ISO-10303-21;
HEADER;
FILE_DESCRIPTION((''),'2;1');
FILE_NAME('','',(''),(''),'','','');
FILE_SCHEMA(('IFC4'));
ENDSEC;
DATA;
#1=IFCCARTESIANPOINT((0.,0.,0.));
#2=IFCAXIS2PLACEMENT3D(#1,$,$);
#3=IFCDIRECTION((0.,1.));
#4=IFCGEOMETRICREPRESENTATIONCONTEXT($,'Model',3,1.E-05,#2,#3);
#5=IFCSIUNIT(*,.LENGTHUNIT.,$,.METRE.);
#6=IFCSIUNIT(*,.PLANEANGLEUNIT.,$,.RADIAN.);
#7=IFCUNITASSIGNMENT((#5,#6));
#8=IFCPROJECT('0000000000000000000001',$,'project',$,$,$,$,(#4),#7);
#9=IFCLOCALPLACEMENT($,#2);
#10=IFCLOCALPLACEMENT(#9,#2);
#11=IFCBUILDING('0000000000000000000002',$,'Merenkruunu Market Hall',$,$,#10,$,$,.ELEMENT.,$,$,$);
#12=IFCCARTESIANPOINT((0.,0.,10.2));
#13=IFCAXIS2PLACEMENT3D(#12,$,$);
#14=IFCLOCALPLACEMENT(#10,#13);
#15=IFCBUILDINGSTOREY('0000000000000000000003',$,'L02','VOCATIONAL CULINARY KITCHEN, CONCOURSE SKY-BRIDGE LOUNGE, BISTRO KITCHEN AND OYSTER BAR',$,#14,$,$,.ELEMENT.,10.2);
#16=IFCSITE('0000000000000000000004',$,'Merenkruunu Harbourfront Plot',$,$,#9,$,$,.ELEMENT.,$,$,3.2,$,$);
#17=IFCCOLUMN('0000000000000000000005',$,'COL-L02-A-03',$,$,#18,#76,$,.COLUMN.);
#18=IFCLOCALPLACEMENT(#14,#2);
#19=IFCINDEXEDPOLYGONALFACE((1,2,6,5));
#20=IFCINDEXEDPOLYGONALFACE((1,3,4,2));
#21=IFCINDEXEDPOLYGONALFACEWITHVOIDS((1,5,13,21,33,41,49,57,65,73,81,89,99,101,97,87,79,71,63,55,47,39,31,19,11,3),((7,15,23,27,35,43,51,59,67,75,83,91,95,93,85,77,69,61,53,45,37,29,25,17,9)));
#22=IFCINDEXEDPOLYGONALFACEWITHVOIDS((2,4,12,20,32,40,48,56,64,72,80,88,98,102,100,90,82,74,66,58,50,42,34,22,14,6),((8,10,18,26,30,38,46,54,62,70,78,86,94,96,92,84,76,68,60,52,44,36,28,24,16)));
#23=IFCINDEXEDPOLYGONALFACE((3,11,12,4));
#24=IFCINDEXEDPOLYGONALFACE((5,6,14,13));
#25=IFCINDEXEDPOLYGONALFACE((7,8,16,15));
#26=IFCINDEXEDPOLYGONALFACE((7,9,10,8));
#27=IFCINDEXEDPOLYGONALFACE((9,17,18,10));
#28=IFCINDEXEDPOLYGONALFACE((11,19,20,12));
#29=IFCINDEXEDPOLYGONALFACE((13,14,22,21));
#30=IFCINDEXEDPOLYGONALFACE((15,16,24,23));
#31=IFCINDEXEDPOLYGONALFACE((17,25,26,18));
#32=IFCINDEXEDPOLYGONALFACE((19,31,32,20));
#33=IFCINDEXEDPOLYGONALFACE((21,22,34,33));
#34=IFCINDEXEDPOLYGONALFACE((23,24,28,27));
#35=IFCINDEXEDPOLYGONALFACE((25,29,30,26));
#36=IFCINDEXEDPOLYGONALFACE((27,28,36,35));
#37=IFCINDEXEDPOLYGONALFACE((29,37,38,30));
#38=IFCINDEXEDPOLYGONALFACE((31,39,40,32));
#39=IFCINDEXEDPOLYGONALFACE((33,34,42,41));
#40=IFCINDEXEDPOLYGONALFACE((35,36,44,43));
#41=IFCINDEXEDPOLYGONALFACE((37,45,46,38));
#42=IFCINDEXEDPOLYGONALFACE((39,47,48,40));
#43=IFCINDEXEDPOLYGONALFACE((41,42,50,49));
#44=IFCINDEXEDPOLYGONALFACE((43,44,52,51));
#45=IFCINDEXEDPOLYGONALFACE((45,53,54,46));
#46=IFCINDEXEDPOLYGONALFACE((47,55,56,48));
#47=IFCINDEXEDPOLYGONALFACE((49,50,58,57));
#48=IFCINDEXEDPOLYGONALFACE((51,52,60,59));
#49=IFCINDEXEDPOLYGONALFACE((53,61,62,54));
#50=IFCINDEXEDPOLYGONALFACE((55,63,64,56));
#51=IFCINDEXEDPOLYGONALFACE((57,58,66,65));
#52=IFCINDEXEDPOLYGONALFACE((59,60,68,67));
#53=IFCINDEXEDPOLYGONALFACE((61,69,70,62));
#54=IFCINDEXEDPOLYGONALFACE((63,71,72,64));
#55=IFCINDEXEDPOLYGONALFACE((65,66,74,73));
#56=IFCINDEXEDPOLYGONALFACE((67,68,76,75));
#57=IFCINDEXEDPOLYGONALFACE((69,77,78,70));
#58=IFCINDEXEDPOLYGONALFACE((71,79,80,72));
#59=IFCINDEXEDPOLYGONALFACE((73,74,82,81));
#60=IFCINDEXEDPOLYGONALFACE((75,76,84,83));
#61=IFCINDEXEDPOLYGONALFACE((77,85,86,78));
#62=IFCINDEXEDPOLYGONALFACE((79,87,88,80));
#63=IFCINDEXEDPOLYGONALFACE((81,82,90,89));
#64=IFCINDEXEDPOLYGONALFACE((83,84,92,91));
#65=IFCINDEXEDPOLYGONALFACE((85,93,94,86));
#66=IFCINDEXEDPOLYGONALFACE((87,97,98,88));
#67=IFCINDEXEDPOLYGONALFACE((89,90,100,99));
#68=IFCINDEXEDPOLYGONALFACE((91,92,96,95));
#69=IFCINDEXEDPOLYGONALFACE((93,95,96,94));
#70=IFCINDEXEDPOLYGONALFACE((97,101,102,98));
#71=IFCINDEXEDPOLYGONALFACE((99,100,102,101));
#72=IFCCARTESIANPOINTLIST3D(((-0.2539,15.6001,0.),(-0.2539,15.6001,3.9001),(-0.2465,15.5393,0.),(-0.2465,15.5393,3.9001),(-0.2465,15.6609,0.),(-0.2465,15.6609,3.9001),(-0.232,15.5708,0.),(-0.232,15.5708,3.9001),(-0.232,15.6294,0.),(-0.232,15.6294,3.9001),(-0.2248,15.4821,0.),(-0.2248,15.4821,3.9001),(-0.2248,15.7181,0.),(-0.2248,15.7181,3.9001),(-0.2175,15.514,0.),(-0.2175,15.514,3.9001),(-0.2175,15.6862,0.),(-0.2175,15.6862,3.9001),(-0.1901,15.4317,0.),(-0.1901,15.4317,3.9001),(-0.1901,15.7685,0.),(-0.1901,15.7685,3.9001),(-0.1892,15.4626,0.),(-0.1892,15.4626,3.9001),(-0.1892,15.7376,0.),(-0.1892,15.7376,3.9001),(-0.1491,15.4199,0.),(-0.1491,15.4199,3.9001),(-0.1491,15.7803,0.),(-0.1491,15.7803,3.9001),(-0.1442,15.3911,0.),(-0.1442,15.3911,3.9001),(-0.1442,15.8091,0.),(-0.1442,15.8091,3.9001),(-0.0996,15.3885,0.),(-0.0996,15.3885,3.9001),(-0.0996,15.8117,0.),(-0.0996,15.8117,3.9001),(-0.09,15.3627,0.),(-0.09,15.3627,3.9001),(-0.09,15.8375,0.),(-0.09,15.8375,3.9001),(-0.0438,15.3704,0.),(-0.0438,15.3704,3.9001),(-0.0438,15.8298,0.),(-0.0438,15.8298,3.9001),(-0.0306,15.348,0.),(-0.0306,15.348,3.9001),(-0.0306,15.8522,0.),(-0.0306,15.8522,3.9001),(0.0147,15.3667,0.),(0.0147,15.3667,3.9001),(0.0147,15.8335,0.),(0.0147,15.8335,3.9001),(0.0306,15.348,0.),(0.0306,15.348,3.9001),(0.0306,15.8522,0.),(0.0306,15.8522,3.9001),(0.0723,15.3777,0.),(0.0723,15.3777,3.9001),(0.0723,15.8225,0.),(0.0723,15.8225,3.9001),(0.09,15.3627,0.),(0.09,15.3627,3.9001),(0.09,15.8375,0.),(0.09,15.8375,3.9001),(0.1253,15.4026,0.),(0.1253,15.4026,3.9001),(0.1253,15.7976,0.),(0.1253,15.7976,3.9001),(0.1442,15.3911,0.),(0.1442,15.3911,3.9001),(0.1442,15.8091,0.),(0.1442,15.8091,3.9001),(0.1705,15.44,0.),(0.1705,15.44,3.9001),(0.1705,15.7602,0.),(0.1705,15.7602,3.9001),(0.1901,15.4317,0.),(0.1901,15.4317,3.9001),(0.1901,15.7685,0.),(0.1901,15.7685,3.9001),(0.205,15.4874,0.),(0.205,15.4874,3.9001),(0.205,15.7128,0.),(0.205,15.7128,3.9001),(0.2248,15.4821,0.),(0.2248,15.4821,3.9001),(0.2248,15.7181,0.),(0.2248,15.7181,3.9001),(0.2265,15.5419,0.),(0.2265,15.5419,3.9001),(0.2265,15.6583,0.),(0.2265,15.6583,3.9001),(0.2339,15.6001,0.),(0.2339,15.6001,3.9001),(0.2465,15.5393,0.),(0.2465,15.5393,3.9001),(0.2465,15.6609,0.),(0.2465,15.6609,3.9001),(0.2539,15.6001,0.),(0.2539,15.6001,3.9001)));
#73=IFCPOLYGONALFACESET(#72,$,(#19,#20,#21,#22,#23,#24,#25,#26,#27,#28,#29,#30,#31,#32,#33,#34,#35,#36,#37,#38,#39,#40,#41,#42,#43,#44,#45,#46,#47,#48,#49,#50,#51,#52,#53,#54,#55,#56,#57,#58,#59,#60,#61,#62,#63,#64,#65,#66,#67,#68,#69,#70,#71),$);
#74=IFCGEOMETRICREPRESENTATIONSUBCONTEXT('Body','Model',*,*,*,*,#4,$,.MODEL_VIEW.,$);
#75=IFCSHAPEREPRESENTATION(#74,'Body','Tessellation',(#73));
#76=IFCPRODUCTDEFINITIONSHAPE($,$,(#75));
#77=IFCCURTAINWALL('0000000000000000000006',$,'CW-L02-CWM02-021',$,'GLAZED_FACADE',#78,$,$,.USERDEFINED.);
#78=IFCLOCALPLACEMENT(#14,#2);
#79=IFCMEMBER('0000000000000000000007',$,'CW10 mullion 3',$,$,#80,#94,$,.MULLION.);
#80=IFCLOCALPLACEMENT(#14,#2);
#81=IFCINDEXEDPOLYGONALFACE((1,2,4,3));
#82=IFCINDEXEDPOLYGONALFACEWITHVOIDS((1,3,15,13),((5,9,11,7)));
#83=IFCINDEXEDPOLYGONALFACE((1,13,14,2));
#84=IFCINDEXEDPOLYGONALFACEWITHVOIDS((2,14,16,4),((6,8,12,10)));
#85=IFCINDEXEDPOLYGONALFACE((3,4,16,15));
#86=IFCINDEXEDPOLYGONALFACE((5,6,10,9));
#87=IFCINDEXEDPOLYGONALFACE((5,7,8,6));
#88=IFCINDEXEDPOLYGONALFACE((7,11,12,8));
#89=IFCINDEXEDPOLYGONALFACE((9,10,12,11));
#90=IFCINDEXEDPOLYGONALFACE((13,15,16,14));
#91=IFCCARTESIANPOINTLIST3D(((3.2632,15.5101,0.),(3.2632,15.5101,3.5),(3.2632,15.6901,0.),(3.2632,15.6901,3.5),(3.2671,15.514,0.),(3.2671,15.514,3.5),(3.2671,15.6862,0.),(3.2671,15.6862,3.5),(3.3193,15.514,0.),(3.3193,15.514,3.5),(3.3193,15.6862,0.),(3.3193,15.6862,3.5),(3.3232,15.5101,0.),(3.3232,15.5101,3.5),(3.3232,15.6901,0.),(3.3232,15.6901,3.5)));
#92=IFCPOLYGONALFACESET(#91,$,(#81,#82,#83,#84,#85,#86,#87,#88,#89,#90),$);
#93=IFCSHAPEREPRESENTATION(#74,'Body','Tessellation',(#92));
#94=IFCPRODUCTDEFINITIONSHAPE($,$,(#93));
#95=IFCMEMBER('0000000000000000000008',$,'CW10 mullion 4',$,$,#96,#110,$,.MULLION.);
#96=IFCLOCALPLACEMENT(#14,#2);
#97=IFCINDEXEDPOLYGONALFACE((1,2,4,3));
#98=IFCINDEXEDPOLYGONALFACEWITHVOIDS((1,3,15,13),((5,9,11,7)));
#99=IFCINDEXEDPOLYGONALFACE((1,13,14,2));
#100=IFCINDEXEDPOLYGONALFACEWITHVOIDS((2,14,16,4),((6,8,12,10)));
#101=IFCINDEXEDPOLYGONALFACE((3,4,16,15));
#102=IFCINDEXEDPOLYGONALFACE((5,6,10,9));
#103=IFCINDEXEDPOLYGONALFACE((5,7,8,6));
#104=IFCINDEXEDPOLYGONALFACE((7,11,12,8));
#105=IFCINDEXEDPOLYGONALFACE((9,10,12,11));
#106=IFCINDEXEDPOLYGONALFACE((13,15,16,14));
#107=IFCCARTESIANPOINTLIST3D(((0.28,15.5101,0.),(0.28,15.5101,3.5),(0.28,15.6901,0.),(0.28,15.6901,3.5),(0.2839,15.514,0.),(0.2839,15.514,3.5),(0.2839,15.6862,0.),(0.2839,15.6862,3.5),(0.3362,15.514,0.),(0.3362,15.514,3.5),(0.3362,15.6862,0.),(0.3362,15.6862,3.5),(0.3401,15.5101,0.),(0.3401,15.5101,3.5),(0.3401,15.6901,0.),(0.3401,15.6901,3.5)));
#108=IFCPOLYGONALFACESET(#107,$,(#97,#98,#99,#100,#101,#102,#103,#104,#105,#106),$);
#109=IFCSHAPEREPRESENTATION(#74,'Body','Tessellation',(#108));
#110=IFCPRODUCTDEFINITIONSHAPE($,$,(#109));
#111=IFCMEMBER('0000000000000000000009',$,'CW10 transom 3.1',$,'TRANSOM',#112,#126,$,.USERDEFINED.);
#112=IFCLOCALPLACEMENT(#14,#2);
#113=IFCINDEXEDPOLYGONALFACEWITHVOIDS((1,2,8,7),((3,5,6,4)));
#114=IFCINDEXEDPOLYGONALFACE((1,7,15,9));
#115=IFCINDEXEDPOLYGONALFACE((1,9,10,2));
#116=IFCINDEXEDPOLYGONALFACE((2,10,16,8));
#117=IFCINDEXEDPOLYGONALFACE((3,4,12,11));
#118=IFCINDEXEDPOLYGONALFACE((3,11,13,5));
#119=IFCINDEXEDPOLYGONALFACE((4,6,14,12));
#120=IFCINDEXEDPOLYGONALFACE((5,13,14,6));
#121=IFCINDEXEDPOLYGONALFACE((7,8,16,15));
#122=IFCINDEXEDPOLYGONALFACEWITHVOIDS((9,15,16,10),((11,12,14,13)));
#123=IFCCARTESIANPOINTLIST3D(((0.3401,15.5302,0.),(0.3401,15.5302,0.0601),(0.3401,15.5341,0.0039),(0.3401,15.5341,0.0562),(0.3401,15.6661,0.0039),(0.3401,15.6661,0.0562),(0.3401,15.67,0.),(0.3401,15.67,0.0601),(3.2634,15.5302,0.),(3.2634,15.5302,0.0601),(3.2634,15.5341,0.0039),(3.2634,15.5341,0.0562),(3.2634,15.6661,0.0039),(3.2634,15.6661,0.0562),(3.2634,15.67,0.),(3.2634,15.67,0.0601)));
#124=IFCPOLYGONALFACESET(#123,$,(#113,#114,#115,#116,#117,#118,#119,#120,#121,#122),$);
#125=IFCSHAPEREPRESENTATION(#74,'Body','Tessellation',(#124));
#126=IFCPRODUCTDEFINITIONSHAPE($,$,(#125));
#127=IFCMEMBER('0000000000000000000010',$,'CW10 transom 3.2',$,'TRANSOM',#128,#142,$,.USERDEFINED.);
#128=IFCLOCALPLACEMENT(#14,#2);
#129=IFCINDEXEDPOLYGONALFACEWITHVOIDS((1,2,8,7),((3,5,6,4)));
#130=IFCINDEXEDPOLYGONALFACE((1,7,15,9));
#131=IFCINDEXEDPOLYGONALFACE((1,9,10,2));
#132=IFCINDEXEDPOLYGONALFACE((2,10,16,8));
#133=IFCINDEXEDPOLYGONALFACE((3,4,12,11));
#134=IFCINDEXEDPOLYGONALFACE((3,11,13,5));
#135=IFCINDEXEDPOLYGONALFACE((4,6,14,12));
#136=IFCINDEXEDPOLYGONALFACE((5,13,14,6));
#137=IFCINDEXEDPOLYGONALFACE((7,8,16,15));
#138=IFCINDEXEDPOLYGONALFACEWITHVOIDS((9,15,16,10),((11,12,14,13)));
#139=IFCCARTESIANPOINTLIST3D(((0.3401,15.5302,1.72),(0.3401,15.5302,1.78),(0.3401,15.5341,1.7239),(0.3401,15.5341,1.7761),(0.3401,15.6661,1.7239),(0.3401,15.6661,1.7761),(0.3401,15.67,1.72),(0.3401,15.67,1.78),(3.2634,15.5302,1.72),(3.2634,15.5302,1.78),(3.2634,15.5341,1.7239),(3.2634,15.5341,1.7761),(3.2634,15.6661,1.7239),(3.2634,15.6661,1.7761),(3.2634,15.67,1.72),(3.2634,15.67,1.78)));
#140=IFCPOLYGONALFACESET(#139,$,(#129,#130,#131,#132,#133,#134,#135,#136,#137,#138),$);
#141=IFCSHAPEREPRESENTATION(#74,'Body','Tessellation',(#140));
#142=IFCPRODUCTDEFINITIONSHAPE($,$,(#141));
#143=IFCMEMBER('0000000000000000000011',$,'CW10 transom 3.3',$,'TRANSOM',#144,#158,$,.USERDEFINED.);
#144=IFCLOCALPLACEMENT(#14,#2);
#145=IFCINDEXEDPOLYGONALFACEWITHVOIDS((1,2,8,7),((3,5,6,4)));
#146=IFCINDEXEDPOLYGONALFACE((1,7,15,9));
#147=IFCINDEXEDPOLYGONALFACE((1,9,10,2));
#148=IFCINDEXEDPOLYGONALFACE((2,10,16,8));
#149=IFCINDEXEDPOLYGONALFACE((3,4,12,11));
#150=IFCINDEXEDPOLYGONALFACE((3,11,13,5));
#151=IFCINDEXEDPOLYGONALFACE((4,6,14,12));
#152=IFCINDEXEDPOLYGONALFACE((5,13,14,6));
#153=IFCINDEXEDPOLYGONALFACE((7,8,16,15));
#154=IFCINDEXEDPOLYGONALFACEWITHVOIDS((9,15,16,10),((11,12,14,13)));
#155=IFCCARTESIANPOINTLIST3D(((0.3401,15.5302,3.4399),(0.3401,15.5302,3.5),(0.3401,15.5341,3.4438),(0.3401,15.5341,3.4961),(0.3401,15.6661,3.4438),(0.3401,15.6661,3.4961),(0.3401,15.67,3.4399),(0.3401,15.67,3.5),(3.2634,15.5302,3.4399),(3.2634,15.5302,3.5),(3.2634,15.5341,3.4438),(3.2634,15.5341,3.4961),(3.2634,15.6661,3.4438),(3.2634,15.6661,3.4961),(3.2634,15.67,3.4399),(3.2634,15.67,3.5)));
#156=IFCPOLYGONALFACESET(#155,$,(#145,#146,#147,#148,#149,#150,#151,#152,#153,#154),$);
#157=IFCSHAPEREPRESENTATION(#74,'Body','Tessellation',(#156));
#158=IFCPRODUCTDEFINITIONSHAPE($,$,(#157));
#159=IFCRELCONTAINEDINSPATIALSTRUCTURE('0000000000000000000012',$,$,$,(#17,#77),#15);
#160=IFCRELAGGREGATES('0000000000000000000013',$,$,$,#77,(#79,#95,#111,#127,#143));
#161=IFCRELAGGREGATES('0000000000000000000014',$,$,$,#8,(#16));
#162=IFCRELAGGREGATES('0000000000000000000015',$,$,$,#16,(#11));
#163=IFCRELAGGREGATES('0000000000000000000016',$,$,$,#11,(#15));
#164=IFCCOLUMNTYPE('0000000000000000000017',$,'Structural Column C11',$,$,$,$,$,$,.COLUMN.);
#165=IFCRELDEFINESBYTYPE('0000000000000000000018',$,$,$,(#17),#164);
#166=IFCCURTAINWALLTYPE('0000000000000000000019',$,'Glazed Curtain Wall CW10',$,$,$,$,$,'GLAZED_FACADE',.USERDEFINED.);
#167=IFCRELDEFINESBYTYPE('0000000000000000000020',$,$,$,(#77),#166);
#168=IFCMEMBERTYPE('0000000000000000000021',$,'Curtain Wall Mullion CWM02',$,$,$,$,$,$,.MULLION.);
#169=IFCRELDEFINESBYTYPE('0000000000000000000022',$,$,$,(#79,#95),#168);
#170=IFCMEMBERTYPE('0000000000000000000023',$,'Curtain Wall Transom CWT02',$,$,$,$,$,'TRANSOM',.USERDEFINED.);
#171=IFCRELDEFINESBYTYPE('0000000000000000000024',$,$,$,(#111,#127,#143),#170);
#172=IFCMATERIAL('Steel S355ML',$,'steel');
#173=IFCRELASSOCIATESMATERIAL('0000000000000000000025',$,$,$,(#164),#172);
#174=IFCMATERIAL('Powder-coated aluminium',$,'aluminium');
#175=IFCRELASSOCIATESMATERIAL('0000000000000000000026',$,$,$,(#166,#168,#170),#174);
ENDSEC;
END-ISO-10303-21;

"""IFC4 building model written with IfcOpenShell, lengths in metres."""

from ifc_helpers import new_model, si_unit, direction, frame, origin, origin_2d, place, context, subcontext, project, spatial, hollow_rectangle, hollow_circle, extrude, material, material_profile, profile_set, type_object, element, aggregate, save


model = new_model("IFC4")

# Units and contexts
model_context = context("Model", 3, precision=1e-05, world=origin(), true_north=direction((0.0, 1.0)))
body_context = subcontext(model_context, "Body", "Model", "MODEL_VIEW")
ifc_project = project(units=[si_unit("LENGTHUNIT", "METRE"), si_unit("PLANEANGLEUNIT", "RADIAN")], contexts=[model_context])

# Site, building, storey
site_placement = place(None, origin())
site = spatial("IfcSite", under=ifc_project, at=site_placement, Name="Merenkruunu Harbourfront Plot", CompositionType="ELEMENT", RefElevation=3.2)
building_placement = place(site_placement, origin())
building = spatial("IfcBuilding", under=site, at=building_placement, Name="Merenkruunu Market Hall", CompositionType="ELEMENT")
storey_placement = place(building_placement, frame((0.0, 0.0, 10.2)))
storey = spatial("IfcBuildingStorey", under=building, at=storey_placement, Name="L02", Description="VOCATIONAL CULINARY KITCHEN, CONCOURSE SKY-BRIDGE LOUNGE, BISTRO KITCHEN AND OYSTER BAR", CompositionType="ELEMENT", Elevation=10.2)

# Column
ifc_material_1 = material(Name="Steel S355ML", Category="steel")
ifc_material_profile_1 = material_profile(ifc_material_1, hollow_circle(Radius=0.2539, WallThickness=0.02, at=origin_2d()), Name="CHS 508x20")
ifc_profile_set_1 = profile_set([ifc_material_profile_1], Name="Steel S355ML")
column_type = type_object("IfcColumnType", Name="Structural Column C11", PredefinedType="COLUMN", material=ifc_profile_set_1)
column_placement = place(storey_placement, frame((0.0, 15.6001, 0.0), z_axis=(0.0, 0.0, 1.0), x_axis=(1.0, 0.0, 0.0)))
element("IfcColumn", 1, at=column_placement, inside=storey, type_object=column_type, Name="COL-L02-A-03", PredefinedType="COLUMN", context=body_context, shape_type="SweptSolid", body=[
    extrude(hollow_circle(Radius=0.2539, WallThickness=0.02, at=origin_2d()), origin(), (0.0, 0.0, 1.0), 3.9001),
])

# Curtain wall, members
ifc_material_2 = material(Name="Powder-coated aluminium", Category="aluminium")
curtain_wall_type = type_object("IfcCurtainWallType", Name="Glazed Curtain Wall CW10", ElementType="GLAZED_FACADE", PredefinedType="USERDEFINED", material=ifc_material_2)
curtain_wall_placement = place(storey_placement, origin())
curtain_wall = element("IfcCurtainWall", 2, at=curtain_wall_placement, inside=storey, type_object=curtain_wall_type, Name="CW-L02-CWM02-021", ObjectType="GLAZED_FACADE", PredefinedType="USERDEFINED")
ifc_material_profile_2 = material_profile(ifc_material_2, hollow_rectangle(XDim=0.0601, YDim=0.1799, WallThickness=0.0039, at=origin_2d()), Name="ALU 60x180x4")
ifc_profile_set_2 = profile_set([ifc_material_profile_2], Name="Powder-coated aluminium")
member_type_1 = type_object("IfcMemberType", Name="Curtain Wall Mullion CWM02", PredefinedType="MULLION", material=ifc_profile_set_2)
member_1_placement = place(storey_placement, frame((3.2932, 15.6001, 0.0), z_axis=(0.0, 0.0, 1.0), x_axis=(-1.0, 0.0, 0.0)))
member_1 = element("IfcMember", 3, at=member_1_placement, type_object=member_type_1, Name="CW10 mullion 3", PredefinedType="MULLION", context=body_context, shape_type="SweptSolid", body=[
    extrude(hollow_rectangle(XDim=0.0601, YDim=0.1799, WallThickness=0.0039, at=origin_2d()), origin(), (0.0, 0.0, 1.0), 3.5),
])
member_2_placement = place(storey_placement, frame((0.3101, 15.6001, 0.0), z_axis=(0.0, 0.0, 1.0), x_axis=(-1.0, 0.0, 0.0)))
member_2 = element("IfcMember", 4, at=member_2_placement, type_object=member_type_1, Name="CW10 mullion 4", PredefinedType="MULLION", context=body_context, shape_type="SweptSolid", body=[
    extrude(hollow_rectangle(XDim=0.0601, YDim=0.1799, WallThickness=0.0039, at=origin_2d()), origin(), (0.0, 0.0, 1.0), 3.5),
])
ifc_material_profile_3 = material_profile(ifc_material_2, hollow_rectangle(XDim=0.0601, YDim=0.1399, WallThickness=0.0039, at=origin_2d()), Name="ALU 60x140x4")
ifc_profile_set_3 = profile_set([ifc_material_profile_3], Name="Powder-coated aluminium")
member_type_2 = type_object("IfcMemberType", Name="Curtain Wall Transom CWT02", ElementType="TRANSOM", PredefinedType="USERDEFINED", material=ifc_profile_set_3)
member_3_placement = place(storey_placement, frame((3.2634, 15.6001, 0.03), z_axis=(-1.0, 0.0, 0.0), x_axis=(0.0, 0.0, 1.0)))
member_3 = element("IfcMember", 5, at=member_3_placement, type_object=member_type_2, Name="CW10 transom 3.1", ObjectType="TRANSOM", PredefinedType="USERDEFINED", context=body_context, shape_type="SweptSolid", body=[
    extrude(hollow_rectangle(XDim=0.0601, YDim=0.1399, WallThickness=0.0039, at=origin_2d()), origin(), (0.0, 0.0, 1.0), 2.9233),
])
member_4_placement = place(storey_placement, frame((3.2634, 15.6001, 1.75), z_axis=(-1.0, 0.0, 0.0), x_axis=(0.0, 0.0, 1.0)))
member_4 = element("IfcMember", 6, at=member_4_placement, type_object=member_type_2, Name="CW10 transom 3.2", ObjectType="TRANSOM", PredefinedType="USERDEFINED", context=body_context, shape_type="SweptSolid", body=[
    extrude(hollow_rectangle(XDim=0.0601, YDim=0.1399, WallThickness=0.0039, at=origin_2d()), origin(), (0.0, 0.0, 1.0), 2.9233),
])
member_5_placement = place(storey_placement, frame((3.2634, 15.6001, 3.47), z_axis=(-1.0, 0.0, 0.0), x_axis=(0.0, 0.0, 1.0)))
member_5 = element("IfcMember", 7, at=member_5_placement, type_object=member_type_2, Name="CW10 transom 3.3", ObjectType="TRANSOM", PredefinedType="USERDEFINED", context=body_context, shape_type="SweptSolid", body=[
    extrude(hollow_rectangle(XDim=0.0601, YDim=0.1399, WallThickness=0.0039, at=origin_2d()), origin(), (0.0, 0.0, 1.0), 2.9233),
])

aggregate(curtain_wall, [member_1, member_2, member_3, member_4, member_5])

save(model, "model.ifc")
